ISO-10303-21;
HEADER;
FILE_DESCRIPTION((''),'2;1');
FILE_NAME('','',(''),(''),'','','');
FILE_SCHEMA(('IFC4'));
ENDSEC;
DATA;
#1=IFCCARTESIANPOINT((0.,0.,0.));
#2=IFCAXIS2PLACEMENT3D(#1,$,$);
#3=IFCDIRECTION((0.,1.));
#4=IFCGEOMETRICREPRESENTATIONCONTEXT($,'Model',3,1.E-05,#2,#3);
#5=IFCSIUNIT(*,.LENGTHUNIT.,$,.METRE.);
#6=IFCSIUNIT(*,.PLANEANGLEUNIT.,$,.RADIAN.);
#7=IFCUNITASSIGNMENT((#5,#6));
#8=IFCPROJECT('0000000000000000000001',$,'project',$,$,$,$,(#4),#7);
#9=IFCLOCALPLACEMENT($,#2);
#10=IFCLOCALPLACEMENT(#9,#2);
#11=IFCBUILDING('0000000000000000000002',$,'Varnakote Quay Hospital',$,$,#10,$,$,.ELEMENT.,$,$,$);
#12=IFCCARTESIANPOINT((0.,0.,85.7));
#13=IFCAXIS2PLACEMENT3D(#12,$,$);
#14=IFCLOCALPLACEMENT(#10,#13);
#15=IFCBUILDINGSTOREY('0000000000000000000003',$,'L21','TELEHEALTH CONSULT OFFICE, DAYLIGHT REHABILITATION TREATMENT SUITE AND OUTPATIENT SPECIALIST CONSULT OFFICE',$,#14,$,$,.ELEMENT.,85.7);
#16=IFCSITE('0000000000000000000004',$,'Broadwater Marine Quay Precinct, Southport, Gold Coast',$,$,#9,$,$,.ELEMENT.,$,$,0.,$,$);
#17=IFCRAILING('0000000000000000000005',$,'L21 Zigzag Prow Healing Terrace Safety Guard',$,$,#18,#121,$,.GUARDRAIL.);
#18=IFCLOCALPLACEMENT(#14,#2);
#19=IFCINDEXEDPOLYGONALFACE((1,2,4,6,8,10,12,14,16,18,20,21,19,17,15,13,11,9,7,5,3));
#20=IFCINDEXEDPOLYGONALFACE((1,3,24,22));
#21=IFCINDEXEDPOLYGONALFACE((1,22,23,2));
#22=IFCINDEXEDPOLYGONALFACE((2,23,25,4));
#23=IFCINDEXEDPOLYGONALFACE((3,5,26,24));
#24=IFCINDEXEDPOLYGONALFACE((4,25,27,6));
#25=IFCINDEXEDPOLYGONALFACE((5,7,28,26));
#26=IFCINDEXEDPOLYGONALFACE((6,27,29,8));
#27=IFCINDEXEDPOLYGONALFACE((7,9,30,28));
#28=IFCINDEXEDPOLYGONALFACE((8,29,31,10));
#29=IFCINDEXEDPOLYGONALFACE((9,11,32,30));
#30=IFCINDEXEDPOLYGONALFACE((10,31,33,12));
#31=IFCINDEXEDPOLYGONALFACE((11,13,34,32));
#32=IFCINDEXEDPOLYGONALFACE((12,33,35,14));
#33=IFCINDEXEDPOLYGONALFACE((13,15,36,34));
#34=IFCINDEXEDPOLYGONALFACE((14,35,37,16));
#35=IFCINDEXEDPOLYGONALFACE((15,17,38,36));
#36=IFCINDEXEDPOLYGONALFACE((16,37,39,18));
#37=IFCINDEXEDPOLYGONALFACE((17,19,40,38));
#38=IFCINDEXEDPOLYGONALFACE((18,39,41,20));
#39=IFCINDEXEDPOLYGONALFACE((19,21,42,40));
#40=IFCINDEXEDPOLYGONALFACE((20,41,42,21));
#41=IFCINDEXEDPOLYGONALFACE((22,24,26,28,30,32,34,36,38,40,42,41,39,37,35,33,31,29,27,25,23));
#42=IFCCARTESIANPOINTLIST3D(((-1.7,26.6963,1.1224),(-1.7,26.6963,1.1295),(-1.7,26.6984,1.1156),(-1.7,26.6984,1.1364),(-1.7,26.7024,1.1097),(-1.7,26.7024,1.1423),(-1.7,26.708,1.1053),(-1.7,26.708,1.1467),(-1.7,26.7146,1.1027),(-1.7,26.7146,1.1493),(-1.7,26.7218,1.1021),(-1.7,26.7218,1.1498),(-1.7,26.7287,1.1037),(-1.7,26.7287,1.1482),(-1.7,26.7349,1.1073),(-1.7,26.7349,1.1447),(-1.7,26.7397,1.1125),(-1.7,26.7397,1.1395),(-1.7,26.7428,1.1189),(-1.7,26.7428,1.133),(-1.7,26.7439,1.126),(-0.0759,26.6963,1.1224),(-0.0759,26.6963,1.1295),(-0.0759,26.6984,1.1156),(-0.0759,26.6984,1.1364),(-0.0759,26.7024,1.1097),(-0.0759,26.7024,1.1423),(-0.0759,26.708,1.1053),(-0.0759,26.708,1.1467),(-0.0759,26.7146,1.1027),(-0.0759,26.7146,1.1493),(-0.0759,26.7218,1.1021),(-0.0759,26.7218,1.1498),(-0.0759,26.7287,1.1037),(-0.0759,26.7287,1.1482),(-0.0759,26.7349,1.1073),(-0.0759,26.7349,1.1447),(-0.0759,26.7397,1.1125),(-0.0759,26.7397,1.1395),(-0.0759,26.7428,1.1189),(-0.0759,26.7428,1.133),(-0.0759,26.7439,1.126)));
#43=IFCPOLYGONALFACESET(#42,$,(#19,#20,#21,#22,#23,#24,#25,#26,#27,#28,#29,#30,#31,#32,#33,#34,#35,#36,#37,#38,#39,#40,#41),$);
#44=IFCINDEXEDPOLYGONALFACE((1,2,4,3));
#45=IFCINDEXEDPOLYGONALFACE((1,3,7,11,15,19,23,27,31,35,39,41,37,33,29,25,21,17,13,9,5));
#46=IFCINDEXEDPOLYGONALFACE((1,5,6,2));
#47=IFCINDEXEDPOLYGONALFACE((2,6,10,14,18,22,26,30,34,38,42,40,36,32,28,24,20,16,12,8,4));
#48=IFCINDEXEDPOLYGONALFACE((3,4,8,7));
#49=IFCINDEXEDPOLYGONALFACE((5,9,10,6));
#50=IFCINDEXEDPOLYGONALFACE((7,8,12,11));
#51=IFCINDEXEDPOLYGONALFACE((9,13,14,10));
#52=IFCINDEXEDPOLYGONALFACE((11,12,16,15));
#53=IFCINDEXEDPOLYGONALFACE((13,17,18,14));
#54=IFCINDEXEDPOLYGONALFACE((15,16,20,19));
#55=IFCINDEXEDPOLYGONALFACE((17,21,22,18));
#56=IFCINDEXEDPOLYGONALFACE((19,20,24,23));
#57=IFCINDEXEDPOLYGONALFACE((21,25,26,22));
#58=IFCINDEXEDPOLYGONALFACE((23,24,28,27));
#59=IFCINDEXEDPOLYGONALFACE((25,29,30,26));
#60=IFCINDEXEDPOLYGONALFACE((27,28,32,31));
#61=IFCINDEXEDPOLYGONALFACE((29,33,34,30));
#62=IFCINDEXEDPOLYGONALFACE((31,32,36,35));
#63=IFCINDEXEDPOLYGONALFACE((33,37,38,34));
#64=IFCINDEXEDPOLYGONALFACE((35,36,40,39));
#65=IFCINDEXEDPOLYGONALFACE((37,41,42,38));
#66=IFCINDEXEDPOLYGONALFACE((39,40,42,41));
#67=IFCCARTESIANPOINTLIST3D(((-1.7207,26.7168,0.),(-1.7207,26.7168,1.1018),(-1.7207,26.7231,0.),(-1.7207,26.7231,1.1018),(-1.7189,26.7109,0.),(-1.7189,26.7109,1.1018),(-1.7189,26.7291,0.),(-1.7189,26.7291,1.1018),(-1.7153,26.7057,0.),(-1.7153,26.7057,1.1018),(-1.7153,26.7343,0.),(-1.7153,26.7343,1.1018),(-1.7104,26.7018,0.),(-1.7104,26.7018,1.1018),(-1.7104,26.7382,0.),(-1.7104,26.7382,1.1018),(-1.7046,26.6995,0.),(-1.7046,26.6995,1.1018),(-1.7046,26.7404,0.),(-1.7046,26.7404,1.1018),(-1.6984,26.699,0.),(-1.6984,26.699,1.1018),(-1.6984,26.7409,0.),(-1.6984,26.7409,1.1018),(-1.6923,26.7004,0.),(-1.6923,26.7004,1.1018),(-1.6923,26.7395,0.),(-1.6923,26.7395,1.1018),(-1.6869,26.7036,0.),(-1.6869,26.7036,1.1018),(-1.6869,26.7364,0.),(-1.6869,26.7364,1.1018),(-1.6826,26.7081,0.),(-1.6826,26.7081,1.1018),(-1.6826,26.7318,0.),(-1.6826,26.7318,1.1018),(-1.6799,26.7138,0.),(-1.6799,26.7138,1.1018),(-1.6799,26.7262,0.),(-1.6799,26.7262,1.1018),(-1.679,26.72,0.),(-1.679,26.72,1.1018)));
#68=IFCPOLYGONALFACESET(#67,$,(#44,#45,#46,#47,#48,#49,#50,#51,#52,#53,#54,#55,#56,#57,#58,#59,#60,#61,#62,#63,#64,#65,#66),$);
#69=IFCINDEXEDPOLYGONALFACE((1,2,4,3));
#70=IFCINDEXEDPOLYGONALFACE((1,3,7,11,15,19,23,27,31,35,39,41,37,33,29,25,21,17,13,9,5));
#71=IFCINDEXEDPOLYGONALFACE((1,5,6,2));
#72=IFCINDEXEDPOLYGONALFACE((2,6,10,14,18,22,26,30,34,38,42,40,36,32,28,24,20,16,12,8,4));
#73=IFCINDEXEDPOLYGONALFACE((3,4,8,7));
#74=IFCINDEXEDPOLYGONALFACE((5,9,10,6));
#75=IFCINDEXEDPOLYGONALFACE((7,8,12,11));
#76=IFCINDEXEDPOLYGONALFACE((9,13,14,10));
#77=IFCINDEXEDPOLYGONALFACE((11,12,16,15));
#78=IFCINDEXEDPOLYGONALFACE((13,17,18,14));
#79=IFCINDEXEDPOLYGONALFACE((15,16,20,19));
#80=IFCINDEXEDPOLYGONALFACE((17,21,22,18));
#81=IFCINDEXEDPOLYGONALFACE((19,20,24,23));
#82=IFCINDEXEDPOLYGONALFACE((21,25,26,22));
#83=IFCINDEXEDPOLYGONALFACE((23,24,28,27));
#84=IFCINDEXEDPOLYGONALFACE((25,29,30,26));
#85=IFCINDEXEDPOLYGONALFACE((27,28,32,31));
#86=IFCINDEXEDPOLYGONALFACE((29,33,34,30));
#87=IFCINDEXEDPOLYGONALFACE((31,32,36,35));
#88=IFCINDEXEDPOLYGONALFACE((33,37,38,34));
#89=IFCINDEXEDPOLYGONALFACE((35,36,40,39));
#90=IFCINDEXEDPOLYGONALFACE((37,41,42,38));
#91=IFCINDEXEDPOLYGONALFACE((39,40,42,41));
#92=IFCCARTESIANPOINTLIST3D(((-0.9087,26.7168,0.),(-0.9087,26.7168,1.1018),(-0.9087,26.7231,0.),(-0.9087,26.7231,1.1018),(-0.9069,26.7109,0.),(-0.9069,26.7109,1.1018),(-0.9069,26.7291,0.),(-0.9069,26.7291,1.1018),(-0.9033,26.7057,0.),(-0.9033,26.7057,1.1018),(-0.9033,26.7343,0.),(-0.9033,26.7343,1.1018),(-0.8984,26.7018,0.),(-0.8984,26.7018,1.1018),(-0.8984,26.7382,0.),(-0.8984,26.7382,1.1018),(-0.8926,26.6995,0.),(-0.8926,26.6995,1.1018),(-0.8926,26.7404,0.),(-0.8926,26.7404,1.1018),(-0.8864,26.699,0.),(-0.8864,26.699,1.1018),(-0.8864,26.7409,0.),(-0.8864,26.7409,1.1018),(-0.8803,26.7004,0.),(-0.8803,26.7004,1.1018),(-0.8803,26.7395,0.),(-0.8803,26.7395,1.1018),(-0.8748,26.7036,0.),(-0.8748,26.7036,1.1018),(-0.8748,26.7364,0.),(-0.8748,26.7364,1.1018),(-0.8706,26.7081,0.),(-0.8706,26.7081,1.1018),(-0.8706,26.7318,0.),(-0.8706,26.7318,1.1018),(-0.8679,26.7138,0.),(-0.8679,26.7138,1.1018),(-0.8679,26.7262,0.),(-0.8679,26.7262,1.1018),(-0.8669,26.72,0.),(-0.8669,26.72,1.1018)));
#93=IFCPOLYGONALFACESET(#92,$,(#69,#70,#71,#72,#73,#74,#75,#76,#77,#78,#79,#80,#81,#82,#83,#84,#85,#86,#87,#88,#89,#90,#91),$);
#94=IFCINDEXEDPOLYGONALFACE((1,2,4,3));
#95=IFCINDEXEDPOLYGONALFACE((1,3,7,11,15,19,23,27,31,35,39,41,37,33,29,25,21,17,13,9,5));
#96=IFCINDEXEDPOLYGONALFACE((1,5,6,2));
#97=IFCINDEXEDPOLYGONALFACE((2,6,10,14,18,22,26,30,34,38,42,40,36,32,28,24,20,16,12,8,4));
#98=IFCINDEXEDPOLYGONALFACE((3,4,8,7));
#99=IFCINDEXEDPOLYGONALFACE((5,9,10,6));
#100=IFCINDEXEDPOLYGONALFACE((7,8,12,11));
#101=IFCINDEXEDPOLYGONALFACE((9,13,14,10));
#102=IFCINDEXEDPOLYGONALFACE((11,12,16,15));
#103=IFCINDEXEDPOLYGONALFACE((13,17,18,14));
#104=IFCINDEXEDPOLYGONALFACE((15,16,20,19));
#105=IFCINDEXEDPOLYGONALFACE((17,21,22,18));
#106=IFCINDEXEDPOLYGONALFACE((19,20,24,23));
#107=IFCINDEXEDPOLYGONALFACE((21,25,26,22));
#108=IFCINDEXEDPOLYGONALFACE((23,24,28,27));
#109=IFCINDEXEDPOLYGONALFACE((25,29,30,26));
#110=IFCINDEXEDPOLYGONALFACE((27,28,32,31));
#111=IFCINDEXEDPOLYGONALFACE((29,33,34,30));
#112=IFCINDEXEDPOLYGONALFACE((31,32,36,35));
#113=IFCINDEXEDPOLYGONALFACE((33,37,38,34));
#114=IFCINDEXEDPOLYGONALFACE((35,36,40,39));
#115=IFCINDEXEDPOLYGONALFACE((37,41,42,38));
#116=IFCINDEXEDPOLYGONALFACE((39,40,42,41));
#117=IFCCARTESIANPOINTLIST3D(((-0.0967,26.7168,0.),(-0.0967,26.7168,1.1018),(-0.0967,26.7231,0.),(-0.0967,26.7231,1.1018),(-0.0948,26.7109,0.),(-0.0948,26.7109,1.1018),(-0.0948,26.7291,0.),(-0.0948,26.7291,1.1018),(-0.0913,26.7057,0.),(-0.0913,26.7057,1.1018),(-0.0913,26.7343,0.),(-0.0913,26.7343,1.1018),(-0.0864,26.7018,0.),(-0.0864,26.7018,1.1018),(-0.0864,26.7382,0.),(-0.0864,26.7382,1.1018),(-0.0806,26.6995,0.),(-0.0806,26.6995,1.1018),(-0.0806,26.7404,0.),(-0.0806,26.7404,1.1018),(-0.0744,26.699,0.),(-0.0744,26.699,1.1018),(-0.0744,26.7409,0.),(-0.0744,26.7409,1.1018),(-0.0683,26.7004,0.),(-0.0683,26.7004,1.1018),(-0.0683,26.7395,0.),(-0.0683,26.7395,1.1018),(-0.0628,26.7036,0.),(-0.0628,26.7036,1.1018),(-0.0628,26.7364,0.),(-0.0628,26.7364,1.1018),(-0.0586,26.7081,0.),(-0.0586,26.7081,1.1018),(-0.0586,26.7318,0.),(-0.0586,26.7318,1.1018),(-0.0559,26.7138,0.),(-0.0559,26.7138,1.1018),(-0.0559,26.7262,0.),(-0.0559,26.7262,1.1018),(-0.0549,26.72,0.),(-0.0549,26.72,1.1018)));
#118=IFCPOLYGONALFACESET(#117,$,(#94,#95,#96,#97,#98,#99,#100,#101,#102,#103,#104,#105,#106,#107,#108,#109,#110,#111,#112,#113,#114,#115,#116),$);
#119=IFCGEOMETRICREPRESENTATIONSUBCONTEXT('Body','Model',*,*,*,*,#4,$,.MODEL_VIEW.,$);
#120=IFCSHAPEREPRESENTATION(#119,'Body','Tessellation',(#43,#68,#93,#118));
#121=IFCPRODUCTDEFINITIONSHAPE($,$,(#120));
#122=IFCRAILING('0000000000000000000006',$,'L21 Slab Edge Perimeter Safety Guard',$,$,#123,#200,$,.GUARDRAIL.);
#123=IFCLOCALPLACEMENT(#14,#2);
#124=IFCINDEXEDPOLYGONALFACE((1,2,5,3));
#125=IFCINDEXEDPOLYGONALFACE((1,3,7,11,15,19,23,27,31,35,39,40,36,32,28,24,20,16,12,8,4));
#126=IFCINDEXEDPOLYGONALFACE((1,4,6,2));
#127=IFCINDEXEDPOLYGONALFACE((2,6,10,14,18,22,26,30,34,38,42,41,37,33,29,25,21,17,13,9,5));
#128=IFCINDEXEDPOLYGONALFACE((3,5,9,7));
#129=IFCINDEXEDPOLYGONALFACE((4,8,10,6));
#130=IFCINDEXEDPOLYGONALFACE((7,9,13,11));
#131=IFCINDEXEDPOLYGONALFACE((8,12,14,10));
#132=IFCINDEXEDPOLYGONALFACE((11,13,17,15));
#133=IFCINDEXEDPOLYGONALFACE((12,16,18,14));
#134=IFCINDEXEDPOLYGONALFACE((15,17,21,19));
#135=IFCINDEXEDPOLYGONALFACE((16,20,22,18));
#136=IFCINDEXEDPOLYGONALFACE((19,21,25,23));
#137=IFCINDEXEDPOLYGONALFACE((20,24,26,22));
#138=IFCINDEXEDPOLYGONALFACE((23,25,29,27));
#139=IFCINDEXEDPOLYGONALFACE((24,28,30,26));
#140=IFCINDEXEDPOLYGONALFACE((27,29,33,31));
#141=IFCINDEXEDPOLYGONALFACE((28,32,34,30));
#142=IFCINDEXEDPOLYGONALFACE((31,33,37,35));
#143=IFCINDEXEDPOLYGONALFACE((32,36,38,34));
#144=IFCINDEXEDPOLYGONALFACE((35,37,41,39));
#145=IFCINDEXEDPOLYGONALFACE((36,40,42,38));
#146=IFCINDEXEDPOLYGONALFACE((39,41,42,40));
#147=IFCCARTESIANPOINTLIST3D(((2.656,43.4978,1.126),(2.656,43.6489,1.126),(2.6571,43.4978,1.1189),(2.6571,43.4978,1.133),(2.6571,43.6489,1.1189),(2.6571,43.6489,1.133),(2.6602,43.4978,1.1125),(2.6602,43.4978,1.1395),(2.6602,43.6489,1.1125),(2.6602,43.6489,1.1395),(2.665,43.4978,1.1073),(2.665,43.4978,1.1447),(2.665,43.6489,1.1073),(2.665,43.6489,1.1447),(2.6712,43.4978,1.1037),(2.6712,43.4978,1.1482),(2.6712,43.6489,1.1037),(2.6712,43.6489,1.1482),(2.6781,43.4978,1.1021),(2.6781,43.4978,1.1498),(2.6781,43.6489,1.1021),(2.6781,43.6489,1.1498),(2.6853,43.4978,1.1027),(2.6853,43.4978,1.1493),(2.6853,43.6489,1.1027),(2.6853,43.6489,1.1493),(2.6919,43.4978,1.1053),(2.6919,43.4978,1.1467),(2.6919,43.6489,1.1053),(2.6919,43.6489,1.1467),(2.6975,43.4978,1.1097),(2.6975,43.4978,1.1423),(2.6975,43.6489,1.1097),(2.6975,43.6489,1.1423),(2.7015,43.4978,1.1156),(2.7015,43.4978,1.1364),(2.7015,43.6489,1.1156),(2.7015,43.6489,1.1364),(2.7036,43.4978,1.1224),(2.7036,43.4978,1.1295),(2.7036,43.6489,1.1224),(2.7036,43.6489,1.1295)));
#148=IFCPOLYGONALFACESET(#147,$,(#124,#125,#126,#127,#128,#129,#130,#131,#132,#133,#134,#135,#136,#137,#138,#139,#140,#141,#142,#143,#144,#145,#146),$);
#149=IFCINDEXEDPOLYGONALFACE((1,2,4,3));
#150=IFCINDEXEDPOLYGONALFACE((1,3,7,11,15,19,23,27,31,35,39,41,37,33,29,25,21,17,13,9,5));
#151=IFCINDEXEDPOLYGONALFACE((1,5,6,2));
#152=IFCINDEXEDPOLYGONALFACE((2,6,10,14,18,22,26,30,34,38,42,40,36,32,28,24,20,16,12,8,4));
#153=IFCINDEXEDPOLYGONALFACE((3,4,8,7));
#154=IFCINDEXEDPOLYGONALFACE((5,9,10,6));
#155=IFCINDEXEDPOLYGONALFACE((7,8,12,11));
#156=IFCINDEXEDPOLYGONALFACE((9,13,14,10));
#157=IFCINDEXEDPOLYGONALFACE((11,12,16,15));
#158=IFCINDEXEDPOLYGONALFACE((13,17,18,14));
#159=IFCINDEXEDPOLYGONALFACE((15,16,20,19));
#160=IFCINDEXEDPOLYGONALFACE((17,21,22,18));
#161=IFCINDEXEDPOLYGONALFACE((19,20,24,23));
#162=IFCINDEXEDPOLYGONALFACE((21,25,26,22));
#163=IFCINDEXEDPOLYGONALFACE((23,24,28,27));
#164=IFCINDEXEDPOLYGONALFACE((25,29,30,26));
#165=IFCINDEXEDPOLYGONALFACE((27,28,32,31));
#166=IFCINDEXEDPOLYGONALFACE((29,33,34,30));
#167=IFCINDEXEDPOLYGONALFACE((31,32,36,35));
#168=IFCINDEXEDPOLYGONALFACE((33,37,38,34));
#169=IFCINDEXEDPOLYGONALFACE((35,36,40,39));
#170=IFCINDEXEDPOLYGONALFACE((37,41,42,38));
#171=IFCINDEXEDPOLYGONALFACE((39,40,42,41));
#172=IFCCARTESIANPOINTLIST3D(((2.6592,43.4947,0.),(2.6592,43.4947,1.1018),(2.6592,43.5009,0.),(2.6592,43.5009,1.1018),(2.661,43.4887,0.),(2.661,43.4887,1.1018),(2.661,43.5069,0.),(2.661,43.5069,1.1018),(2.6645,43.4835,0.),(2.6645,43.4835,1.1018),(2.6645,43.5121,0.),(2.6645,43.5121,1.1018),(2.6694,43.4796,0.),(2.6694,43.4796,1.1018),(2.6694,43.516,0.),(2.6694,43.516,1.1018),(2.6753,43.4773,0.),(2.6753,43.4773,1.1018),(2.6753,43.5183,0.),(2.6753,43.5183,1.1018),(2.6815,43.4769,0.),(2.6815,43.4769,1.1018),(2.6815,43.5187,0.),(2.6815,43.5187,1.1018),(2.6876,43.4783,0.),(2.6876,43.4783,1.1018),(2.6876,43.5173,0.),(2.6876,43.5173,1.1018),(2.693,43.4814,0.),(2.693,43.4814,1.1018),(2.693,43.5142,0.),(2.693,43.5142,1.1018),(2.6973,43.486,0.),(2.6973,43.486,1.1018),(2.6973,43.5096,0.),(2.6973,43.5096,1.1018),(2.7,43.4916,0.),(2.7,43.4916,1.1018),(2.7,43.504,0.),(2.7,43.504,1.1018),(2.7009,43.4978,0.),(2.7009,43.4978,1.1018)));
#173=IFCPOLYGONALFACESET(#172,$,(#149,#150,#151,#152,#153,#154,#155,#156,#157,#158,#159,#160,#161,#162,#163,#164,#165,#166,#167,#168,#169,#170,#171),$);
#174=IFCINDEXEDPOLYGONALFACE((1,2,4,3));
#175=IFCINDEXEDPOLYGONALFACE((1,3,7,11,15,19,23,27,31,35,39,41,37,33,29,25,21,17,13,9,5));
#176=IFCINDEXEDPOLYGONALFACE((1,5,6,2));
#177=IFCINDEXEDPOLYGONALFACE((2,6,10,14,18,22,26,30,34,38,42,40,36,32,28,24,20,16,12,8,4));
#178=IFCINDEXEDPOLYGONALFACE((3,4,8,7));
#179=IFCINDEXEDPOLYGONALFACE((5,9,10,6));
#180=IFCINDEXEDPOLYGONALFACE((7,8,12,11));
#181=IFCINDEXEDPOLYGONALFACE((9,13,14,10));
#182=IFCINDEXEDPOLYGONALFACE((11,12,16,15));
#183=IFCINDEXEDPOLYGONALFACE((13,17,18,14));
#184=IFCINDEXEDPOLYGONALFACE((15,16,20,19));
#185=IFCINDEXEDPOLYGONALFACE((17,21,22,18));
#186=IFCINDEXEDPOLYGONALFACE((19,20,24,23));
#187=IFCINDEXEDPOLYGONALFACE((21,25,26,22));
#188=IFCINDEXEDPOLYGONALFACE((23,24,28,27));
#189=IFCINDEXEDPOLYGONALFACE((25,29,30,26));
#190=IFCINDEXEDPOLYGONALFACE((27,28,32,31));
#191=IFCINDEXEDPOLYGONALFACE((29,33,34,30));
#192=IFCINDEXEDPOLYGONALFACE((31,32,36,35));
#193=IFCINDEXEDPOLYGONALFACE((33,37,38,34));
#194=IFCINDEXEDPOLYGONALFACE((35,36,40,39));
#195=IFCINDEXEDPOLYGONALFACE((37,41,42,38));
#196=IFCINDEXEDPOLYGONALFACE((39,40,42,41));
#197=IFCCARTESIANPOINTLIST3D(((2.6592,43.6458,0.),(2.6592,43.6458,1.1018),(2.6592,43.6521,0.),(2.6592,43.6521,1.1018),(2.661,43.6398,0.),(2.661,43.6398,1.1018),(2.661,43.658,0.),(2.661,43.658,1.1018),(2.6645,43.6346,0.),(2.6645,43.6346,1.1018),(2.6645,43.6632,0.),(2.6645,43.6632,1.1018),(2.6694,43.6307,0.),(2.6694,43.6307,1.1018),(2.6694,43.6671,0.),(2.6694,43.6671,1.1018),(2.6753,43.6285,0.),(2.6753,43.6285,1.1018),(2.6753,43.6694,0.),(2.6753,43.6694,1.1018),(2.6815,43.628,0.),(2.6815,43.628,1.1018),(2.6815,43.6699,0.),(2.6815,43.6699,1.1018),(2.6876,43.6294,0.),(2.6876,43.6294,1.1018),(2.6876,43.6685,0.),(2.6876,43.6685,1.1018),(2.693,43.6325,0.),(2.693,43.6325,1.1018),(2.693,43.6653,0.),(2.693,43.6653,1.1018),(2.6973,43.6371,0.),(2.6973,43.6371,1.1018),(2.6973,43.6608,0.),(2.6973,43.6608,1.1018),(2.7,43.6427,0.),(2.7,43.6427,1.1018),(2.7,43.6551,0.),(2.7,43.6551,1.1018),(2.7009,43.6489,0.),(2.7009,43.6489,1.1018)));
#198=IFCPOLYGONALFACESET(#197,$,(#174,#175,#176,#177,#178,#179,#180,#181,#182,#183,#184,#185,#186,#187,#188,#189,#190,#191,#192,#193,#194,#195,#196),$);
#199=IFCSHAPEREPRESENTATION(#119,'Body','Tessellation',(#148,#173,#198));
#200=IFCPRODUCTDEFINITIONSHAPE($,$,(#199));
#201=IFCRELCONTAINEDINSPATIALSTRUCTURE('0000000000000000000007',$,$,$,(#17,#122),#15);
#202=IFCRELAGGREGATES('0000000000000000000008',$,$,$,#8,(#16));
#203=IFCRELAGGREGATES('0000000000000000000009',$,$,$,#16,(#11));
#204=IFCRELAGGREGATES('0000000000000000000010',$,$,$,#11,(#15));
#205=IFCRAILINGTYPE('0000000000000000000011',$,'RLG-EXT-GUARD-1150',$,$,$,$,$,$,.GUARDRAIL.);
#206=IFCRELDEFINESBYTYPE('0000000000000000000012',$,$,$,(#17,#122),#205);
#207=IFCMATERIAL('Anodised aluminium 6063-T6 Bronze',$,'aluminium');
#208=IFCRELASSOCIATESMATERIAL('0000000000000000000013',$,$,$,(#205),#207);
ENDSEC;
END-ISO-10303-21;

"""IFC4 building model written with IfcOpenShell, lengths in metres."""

from ifc_helpers import new_model, si_unit, direction, frame, origin, origin_2d, place, context, subcontext, project, spatial, circle, extrude, material, type_object, element, save


model = new_model("IFC4")

# Units and contexts
model_context = context("Model", 3, precision=1e-05, world=origin(), true_north=direction((0.0, 1.0)))
body_context = subcontext(model_context, "Body", "Model", "MODEL_VIEW")
ifc_project = project(units=[si_unit("LENGTHUNIT", "METRE"), si_unit("PLANEANGLEUNIT", "RADIAN")], contexts=[model_context])

# Site, building, storey
site_placement = place(None, origin())
site = spatial("IfcSite", under=ifc_project, at=site_placement, Name="Broadwater Marine Quay Precinct, Southport, Gold Coast", CompositionType="ELEMENT", RefElevation=0.0)
building_placement = place(site_placement, origin())
building = spatial("IfcBuilding", under=site, at=building_placement, Name="Varnakote Quay Hospital", CompositionType="ELEMENT")
storey_placement = place(building_placement, frame((0.0, 0.0, 85.7)))
storey = spatial("IfcBuildingStorey", under=building, at=storey_placement, Name="L21", Description="TELEHEALTH CONSULT OFFICE, DAYLIGHT REHABILITATION TREATMENT SUITE AND OUTPATIENT SPECIALIST CONSULT OFFICE", CompositionType="ELEMENT", Elevation=85.7)

# Railings
ifc_material_1 = material(Name="Anodised aluminium 6063-T6 Bronze", Category="aluminium")
railing_type = type_object("IfcRailingType", Name="RLG-EXT-GUARD-1150", PredefinedType="GUARDRAIL", material=ifc_material_1)
railing_1_placement = place(storey_placement, frame((-1.7, 26.72, 0.0)))
element("IfcRailing", 1, at=railing_1_placement, inside=storey, type_object=railing_type, Name="L21 Zigzag Prow Healing Terrace Safety Guard", PredefinedType="GUARDRAIL", context=body_context, shape_type="SweptSolid", body=[
    extrude(circle(Radius=0.0239, at=origin_2d()), frame((0.0, 0.0, 1.126), z_axis=(1.0, 0.0, 0.0), x_axis=(0.0, 1.0, 0.0)), (0.0, 0.0, 1.0), 1.624),
    extrude(circle(Radius=0.021, at=origin_2d()), origin(), (0.0, 0.0, 1.0), 1.1018),
    extrude(circle(Radius=0.021, at=origin_2d()), frame((0.812, 0.0, 0.0)), (0.0, 0.0, 1.0), 1.1018),
    extrude(circle(Radius=0.021, at=origin_2d()), frame((1.624, 0.0, 0.0)), (0.0, 0.0, 1.0), 1.1018),
])
railing_2_placement = place(storey_placement, frame((2.6799, 43.4978, 0.0)))
element("IfcRailing", 2, at=railing_2_placement, inside=storey, type_object=railing_type, Name="L21 Slab Edge Perimeter Safety Guard", PredefinedType="GUARDRAIL", context=body_context, shape_type="SweptSolid", body=[
    extrude(circle(Radius=0.0239, at=origin_2d()), frame((0.0, 0.0, 1.126), z_axis=(0.0, 1.0, 0.0), x_axis=(-1.0, 0.0, 0.0)), (0.0, 0.0, 1.0), 0.1511),
    extrude(circle(Radius=0.021, at=origin_2d()), origin(), (0.0, 0.0, 1.0), 1.1018),
    extrude(circle(Radius=0.021, at=origin_2d()), frame((0.0, 0.1511, 0.0)), (0.0, 0.0, 1.0), 1.1018),
])

save(model, "model.ifc")
